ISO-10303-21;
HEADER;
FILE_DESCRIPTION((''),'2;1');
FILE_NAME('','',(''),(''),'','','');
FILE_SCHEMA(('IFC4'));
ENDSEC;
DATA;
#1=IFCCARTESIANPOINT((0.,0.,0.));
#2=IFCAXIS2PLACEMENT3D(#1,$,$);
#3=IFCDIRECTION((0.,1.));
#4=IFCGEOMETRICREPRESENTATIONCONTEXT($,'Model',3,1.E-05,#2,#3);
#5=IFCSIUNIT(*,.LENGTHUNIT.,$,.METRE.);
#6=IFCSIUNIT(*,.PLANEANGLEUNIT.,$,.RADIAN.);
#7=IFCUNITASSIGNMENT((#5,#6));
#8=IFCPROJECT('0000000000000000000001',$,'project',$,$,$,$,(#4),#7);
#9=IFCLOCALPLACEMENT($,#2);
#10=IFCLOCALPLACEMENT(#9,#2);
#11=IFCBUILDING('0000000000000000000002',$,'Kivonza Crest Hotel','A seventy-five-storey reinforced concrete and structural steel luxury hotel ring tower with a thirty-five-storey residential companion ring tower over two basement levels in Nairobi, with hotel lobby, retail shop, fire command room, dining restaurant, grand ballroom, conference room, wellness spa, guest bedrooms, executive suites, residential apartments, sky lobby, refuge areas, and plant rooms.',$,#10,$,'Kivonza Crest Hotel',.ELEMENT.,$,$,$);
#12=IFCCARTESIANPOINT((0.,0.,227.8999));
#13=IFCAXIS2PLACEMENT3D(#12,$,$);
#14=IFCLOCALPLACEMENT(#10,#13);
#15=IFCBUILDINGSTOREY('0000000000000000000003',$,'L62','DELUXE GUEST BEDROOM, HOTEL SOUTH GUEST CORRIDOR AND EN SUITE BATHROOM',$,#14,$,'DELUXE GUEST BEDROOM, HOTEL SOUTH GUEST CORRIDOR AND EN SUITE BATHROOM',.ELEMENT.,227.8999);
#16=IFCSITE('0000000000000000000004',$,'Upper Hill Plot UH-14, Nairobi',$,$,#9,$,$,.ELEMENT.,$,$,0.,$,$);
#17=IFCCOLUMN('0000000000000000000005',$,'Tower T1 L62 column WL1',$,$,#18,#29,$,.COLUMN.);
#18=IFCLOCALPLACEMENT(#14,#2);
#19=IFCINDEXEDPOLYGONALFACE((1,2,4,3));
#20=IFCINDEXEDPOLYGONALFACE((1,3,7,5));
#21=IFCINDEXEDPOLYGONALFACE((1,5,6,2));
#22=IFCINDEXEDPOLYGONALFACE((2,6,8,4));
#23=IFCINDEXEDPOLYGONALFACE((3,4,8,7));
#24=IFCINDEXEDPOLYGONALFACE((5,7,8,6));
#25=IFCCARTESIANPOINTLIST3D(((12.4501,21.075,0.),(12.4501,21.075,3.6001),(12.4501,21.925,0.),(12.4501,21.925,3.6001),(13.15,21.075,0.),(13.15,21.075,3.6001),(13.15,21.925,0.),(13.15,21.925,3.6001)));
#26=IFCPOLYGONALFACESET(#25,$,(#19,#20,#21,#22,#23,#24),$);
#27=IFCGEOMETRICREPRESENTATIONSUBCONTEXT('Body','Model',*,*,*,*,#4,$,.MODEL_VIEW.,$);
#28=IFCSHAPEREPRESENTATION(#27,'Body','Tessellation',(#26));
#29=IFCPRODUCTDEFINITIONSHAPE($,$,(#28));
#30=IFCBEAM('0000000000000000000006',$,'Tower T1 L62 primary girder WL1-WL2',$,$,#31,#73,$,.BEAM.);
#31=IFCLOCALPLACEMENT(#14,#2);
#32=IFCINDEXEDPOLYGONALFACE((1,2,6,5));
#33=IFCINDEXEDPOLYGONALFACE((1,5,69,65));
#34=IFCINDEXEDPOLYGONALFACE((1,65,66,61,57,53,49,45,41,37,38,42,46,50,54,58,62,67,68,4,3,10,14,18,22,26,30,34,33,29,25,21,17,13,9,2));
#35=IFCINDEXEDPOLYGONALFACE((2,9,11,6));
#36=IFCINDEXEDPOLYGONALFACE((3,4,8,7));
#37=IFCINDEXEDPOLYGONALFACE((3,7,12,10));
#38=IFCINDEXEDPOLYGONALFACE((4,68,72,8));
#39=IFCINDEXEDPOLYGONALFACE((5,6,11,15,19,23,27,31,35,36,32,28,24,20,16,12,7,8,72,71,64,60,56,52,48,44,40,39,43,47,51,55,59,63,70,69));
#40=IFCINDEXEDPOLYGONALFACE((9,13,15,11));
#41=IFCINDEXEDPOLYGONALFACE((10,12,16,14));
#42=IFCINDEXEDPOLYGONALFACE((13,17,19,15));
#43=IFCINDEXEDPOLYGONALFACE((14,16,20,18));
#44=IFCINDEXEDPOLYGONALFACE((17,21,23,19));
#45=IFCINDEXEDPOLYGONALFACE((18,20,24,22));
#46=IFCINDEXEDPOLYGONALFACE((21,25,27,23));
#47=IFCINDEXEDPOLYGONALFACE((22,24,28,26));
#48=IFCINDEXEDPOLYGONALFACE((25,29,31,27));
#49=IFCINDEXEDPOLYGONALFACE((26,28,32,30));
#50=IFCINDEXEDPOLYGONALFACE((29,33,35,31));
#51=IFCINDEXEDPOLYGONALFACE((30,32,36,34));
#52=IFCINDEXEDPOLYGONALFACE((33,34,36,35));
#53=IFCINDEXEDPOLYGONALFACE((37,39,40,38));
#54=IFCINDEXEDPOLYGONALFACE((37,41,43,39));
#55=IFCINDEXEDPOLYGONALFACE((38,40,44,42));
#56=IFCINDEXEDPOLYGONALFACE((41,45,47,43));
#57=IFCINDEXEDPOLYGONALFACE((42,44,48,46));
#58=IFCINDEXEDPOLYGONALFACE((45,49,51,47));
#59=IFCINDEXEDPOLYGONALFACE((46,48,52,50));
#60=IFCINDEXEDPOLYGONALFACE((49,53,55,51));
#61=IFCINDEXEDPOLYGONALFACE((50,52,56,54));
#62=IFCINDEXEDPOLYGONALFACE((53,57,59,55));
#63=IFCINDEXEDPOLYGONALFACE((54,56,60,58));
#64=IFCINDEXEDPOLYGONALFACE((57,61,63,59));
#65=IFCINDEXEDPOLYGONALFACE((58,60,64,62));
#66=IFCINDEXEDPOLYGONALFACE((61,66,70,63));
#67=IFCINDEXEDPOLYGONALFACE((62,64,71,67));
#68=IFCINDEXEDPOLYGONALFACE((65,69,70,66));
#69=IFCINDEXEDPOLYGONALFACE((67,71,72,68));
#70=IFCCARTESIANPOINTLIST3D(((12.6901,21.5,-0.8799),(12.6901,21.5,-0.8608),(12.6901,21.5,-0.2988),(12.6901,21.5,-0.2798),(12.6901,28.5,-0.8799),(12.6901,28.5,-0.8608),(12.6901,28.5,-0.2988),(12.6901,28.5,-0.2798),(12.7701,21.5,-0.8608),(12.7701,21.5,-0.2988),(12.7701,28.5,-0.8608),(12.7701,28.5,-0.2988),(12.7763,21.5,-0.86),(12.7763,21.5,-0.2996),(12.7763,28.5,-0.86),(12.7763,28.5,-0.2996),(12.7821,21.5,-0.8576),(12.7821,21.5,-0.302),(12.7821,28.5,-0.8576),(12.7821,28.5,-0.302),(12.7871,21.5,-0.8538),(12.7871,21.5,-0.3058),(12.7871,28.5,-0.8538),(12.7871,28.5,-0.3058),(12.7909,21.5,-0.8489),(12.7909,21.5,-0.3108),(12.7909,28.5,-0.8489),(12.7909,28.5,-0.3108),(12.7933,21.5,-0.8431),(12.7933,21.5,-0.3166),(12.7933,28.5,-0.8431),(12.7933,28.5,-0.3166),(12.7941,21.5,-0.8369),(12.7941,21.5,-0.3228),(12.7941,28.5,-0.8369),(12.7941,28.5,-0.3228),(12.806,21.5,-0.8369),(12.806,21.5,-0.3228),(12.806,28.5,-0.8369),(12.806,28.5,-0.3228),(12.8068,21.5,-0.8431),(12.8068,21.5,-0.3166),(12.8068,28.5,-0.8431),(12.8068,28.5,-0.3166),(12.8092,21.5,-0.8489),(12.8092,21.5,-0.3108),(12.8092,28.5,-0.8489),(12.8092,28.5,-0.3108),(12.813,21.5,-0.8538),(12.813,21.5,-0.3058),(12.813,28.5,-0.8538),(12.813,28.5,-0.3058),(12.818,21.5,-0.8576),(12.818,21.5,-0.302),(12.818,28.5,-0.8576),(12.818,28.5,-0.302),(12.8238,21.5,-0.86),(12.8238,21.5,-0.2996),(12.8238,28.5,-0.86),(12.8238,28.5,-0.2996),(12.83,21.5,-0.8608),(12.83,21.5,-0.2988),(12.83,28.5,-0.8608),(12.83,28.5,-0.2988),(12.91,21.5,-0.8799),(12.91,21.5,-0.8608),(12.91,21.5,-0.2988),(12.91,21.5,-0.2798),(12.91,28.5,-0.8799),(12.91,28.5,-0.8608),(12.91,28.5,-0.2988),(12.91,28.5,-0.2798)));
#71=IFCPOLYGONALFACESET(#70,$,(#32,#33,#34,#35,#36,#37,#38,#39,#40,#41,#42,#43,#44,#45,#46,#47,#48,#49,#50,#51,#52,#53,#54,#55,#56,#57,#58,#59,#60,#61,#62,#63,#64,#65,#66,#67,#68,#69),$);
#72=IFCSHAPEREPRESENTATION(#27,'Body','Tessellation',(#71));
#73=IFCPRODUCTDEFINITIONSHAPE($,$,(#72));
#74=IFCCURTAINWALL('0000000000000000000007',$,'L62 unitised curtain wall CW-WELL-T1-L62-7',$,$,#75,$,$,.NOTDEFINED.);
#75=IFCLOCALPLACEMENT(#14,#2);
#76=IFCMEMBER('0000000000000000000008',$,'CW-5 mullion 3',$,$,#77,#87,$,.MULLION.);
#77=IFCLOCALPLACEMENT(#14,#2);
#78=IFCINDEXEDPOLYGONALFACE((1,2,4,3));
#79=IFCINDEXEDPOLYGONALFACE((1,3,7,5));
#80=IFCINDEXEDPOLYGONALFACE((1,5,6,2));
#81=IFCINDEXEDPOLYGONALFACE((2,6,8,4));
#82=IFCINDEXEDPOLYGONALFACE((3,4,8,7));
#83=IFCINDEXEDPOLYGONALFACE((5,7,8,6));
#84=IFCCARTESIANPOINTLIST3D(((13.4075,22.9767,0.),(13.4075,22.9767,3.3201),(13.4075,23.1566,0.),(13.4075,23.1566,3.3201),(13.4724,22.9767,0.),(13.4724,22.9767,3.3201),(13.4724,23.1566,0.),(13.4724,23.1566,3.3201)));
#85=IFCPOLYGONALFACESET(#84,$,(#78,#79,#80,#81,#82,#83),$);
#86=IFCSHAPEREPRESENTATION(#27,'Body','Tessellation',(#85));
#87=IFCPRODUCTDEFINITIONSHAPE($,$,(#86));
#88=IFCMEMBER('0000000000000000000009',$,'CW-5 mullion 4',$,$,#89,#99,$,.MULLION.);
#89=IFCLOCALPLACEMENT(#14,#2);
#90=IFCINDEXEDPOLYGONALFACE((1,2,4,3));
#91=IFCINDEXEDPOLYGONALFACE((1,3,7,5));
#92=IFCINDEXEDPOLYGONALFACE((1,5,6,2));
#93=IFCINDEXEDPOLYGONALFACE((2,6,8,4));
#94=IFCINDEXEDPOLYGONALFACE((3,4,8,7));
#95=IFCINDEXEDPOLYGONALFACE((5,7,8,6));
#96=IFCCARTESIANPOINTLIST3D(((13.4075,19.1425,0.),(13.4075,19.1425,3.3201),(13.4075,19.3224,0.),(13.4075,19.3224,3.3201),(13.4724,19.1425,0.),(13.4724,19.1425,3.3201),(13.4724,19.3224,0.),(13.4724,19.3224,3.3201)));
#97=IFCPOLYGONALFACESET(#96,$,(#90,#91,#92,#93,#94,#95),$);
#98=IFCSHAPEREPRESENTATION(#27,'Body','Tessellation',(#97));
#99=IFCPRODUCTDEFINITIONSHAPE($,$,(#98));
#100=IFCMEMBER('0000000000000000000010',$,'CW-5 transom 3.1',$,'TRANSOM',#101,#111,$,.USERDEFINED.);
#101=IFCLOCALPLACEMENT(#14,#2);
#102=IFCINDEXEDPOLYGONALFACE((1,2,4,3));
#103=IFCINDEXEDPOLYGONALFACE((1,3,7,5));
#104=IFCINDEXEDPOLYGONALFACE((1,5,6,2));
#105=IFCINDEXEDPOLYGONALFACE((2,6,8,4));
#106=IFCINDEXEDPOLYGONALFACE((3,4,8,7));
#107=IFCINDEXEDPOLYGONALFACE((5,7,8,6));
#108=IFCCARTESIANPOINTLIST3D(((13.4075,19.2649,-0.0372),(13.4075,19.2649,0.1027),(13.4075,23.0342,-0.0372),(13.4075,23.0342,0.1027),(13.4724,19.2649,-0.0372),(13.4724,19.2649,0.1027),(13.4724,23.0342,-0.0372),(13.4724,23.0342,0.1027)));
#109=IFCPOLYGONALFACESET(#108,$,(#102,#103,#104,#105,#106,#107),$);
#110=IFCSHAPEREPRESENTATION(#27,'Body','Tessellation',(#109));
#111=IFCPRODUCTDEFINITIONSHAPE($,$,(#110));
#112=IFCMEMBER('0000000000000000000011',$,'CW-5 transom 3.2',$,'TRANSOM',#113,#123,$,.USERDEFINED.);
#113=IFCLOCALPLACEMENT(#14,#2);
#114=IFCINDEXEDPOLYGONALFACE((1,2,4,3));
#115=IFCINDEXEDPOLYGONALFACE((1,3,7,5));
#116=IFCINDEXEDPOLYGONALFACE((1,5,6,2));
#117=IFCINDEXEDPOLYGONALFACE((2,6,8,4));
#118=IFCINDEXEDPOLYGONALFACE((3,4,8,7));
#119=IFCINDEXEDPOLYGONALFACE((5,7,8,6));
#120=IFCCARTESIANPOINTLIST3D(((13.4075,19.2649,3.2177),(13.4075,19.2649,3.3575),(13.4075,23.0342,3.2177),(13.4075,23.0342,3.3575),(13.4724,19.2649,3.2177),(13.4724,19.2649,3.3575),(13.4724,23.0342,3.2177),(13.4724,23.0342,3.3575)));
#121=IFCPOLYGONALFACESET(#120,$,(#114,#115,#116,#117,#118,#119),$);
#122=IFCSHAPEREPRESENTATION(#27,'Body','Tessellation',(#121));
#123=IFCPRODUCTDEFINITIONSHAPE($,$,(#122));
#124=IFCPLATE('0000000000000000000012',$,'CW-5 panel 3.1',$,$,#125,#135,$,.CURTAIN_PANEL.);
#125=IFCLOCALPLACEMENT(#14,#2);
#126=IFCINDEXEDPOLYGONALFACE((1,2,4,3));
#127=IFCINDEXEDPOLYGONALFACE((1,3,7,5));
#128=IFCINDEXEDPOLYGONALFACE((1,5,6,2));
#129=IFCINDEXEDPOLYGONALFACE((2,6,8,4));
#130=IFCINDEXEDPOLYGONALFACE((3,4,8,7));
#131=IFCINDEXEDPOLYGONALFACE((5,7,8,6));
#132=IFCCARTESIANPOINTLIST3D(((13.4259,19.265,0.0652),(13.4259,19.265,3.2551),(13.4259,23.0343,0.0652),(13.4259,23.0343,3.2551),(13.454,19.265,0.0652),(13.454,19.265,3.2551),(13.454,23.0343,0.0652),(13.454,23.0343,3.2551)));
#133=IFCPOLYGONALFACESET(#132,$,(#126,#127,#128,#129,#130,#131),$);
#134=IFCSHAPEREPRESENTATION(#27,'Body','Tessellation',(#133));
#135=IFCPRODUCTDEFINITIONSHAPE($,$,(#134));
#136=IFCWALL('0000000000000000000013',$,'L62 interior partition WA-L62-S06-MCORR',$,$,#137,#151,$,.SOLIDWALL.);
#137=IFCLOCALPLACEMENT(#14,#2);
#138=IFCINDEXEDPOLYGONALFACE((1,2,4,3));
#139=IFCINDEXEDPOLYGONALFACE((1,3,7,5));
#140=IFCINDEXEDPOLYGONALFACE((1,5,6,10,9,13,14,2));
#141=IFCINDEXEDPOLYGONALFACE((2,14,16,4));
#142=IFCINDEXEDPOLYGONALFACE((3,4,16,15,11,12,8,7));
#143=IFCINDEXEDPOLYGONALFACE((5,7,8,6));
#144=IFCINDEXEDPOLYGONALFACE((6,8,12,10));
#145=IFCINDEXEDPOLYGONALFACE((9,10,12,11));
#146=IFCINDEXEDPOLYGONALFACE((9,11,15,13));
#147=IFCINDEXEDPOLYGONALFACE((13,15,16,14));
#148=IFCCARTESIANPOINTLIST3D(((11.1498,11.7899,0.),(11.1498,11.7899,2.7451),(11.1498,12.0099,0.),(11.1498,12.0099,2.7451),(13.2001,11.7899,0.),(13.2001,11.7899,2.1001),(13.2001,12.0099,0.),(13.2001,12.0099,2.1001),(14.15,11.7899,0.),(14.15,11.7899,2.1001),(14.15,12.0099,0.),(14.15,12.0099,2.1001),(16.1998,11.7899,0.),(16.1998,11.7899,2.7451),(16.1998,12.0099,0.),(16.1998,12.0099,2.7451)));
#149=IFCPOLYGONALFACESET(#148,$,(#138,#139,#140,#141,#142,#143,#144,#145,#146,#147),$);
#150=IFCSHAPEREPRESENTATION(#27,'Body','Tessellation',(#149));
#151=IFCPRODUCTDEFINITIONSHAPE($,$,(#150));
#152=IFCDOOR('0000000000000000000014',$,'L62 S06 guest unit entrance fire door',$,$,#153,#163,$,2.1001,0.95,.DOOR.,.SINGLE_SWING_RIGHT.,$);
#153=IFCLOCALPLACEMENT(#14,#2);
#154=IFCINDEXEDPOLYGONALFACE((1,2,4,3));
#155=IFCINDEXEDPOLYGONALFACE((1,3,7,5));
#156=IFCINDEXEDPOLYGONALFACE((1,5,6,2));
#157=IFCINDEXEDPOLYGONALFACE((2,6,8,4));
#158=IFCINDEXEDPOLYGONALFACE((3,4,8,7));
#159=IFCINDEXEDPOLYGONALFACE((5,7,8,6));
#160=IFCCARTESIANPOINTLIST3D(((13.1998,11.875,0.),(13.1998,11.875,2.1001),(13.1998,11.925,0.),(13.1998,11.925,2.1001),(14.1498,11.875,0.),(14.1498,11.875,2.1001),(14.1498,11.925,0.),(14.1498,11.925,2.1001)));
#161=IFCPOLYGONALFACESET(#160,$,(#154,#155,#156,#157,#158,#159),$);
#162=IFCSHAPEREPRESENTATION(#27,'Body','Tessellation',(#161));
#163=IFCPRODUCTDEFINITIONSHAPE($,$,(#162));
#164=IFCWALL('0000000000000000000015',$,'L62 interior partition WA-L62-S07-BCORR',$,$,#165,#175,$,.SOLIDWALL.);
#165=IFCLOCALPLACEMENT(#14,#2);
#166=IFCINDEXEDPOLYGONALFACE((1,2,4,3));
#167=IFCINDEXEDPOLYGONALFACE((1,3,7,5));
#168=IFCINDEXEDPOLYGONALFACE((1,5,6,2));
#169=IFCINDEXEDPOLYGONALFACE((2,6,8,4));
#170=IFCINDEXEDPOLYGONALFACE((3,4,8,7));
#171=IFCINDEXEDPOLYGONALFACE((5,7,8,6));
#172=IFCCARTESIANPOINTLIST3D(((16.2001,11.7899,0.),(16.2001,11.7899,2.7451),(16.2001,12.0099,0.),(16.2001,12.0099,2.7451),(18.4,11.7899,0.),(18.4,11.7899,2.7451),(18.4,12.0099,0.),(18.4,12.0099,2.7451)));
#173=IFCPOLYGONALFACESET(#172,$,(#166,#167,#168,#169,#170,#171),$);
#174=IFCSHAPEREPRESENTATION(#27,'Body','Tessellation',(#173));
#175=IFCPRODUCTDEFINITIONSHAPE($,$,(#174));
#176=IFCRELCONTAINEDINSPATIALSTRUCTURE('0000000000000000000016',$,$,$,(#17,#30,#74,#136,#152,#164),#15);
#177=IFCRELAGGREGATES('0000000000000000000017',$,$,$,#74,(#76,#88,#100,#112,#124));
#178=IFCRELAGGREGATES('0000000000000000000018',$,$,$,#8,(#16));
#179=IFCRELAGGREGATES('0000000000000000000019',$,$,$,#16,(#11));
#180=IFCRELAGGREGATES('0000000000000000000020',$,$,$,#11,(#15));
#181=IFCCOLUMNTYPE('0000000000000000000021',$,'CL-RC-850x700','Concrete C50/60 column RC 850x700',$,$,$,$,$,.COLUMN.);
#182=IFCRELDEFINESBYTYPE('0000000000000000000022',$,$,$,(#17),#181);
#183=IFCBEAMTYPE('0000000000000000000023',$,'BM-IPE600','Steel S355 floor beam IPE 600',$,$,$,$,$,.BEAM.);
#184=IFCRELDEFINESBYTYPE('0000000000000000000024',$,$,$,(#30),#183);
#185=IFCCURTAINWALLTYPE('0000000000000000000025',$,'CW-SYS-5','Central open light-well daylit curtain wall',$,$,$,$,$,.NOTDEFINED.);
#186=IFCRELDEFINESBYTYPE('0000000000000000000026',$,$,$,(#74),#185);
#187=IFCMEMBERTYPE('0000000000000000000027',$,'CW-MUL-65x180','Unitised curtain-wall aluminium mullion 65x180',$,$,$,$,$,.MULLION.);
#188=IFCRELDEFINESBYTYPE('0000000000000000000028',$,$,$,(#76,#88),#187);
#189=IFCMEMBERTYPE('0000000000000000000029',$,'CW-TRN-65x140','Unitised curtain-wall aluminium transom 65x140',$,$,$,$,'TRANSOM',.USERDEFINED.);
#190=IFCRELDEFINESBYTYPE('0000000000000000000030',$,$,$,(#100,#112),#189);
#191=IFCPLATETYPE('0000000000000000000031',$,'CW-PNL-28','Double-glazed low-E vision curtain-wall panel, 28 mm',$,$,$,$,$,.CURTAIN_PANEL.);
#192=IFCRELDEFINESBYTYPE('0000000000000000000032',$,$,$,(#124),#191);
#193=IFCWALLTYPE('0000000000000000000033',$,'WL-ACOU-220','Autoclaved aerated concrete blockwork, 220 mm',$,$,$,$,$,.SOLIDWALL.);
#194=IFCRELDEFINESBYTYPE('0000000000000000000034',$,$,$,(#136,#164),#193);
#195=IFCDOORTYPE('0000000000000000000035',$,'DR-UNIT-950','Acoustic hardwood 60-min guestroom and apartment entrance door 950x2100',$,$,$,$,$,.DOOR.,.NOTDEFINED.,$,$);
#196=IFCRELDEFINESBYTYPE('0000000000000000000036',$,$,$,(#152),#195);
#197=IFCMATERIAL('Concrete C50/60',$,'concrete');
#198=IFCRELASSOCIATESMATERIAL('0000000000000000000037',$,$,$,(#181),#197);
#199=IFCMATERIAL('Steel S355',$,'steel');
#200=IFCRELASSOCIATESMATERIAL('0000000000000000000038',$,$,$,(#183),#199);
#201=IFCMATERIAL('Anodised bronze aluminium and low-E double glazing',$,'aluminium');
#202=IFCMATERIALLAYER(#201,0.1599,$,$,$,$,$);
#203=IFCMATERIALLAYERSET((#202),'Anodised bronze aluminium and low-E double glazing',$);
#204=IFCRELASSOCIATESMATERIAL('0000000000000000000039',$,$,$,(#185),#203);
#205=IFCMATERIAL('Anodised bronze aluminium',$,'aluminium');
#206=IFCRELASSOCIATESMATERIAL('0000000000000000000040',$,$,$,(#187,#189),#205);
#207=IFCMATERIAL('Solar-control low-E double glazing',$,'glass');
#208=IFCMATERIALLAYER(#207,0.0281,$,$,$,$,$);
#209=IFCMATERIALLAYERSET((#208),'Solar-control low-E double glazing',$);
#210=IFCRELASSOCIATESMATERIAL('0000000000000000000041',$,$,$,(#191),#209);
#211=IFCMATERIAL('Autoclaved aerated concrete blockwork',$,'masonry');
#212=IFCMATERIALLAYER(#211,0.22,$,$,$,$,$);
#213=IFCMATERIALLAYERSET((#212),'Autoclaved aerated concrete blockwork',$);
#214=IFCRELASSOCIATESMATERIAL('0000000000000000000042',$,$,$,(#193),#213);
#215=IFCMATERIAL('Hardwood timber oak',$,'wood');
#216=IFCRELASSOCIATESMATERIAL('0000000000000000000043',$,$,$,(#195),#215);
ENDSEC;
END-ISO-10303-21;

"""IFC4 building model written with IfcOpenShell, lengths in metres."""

from ifc_helpers import new_model, si_unit, direction, frame, frame_2d, origin, origin_2d, place, context, subcontext, project, spatial, rectangle, i_section, extrude, material, layer, layer_set, material_profile, profile_set, type_object, element, fill, aggregate, save


model = new_model("IFC4")

# Units and contexts
model_context = context("Model", 3, precision=1e-05, world=origin(), true_north=direction((0.0, 1.0)))
body_context = subcontext(model_context, "Body", "Model", "MODEL_VIEW")
ifc_project = project(units=[si_unit("LENGTHUNIT", "METRE"), si_unit("PLANEANGLEUNIT", "RADIAN")], contexts=[model_context])

# Site, building, storey
site_placement = place(None, origin())
site = spatial("IfcSite", under=ifc_project, at=site_placement, Name="Upper Hill Plot UH-14, Nairobi", CompositionType="ELEMENT", RefElevation=0.0)
building_placement = place(site_placement, origin())
building = spatial("IfcBuilding", under=site, at=building_placement, Name="Kivonza Crest Hotel", Description="A seventy-five-storey reinforced concrete and structural steel luxury hotel ring tower with a thirty-five-storey residential companion ring tower over two basement levels in Nairobi, with hotel lobby, retail shop, fire command room, dining restaurant, grand ballroom, conference room, wellness spa, guest bedrooms, executive suites, residential apartments, sky lobby, refuge areas, and plant rooms.", LongName="Kivonza Crest Hotel", CompositionType="ELEMENT")
storey_placement = place(building_placement, frame((0.0, 0.0, 227.8999)))
storey = spatial("IfcBuildingStorey", under=building, at=storey_placement, Name="L62", Description="DELUXE GUEST BEDROOM, HOTEL SOUTH GUEST CORRIDOR AND EN SUITE BATHROOM", LongName="DELUXE GUEST BEDROOM, HOTEL SOUTH GUEST CORRIDOR AND EN SUITE BATHROOM", CompositionType="ELEMENT", Elevation=227.8999)

# Column
ifc_material_1 = material(Name="Concrete C50/60", Category="concrete")
ifc_material_profile_1 = material_profile(ifc_material_1, rectangle(XDim=0.7, YDim=0.8501, at=origin_2d()), Name="RC 850x700")
ifc_profile_set_1 = profile_set([ifc_material_profile_1], Name="Concrete C50/60")
column_type = type_object("IfcColumnType", Name="CL-RC-850x700", Description="Concrete C50/60 column RC 850x700", PredefinedType="COLUMN", material=ifc_profile_set_1)
column_placement = place(storey_placement, frame((12.8, 21.5, 0.0), z_axis=(0.0, 0.0, 1.0), x_axis=(1.0, 0.0, 0.0)))
element("IfcColumn", 1, at=column_placement, inside=storey, type_object=column_type, Name="Tower T1 L62 column WL1", PredefinedType="COLUMN", context=body_context, shape_type="SweptSolid", body=[
    extrude(rectangle(XDim=0.7, YDim=0.8501, at=origin_2d()), origin(), (0.0, 0.0, 1.0), 3.6001),
])

# Beam
ifc_material_2 = material(Name="Steel S355", Category="steel")
ifc_material_profile_2 = material_profile(ifc_material_2, i_section(OverallWidth=0.22, OverallDepth=0.6001, WebThickness=0.012, FlangeThickness=0.019, FilletRadius=0.0239, at=origin_2d()), Name="IPE 600")
ifc_profile_set_2 = profile_set([ifc_material_profile_2], Name="Steel S355")
beam_type = type_object("IfcBeamType", Name="BM-IPE600", Description="Steel S355 floor beam IPE 600", PredefinedType="BEAM", material=ifc_profile_set_2)
beam_placement = place(storey_placement, frame((12.8, 21.5, -0.5798), z_axis=(0.0, 1.0, 0.0), x_axis=(-1.0, 0.0, 0.0)))
element("IfcBeam", 2, at=beam_placement, inside=storey, type_object=beam_type, Name="Tower T1 L62 primary girder WL1-WL2", PredefinedType="BEAM", context=body_context, shape_type="SweptSolid", body=[
    extrude(i_section(OverallWidth=0.22, OverallDepth=0.6001, WebThickness=0.012, FlangeThickness=0.019, FilletRadius=0.0239, at=origin_2d()), origin(), (0.0, 0.0, 1.0), 7.0),
])

# Curtain wall, members, plate
ifc_material_3 = material(Name="Anodised bronze aluminium and low-E double glazing", Category="aluminium")
ifc_layer_1 = layer(ifc_material_3, 0.1599)
ifc_layer_set_1 = layer_set([ifc_layer_1], Name="Anodised bronze aluminium and low-E double glazing")
curtain_wall_type = type_object("IfcCurtainWallType", Name="CW-SYS-5", Description="Central open light-well daylit curtain wall", PredefinedType="NOTDEFINED", material=ifc_layer_set_1)
curtain_wall_placement = place(storey_placement, origin())
curtain_wall = element("IfcCurtainWall", 3, at=curtain_wall_placement, inside=storey, type_object=curtain_wall_type, Name="L62 unitised curtain wall CW-WELL-T1-L62-7", PredefinedType="NOTDEFINED")
ifc_material_4 = material(Name="Anodised bronze aluminium", Category="aluminium")
ifc_material_profile_3 = material_profile(ifc_material_4, rectangle(XDim=0.0649, YDim=0.1799, at=origin_2d()), Name="CW-M 65x180")
ifc_profile_set_3 = profile_set([ifc_material_profile_3], Name="Anodised bronze aluminium")
member_type_1 = type_object("IfcMemberType", Name="CW-MUL-65x180", Description="Unitised curtain-wall aluminium mullion 65x180", PredefinedType="MULLION", material=ifc_profile_set_3)
member_1_placement = place(storey_placement, frame((13.4399, 23.0667, 0.0), z_axis=(0.0, 0.0, 1.0), x_axis=(1.0, 0.0, 0.0)))
member_1 = element("IfcMember", 4, at=member_1_placement, type_object=member_type_1, Name="CW-5 mullion 3", PredefinedType="MULLION", context=body_context, shape_type="SweptSolid", body=[
    extrude(rectangle(XDim=0.0649, YDim=0.1799, at=origin_2d()), origin(), (0.0, 0.0, 1.0), 3.3201),
])
member_2_placement = place(storey_placement, frame((13.4399, 19.2324, 0.0), z_axis=(0.0, 0.0, 1.0), x_axis=(1.0, 0.0, 0.0)))
member_2 = element("IfcMember", 5, at=member_2_placement, type_object=member_type_1, Name="CW-5 mullion 4", PredefinedType="MULLION", context=body_context, shape_type="SweptSolid", body=[
    extrude(rectangle(XDim=0.0649, YDim=0.1799, at=origin_2d()), origin(), (0.0, 0.0, 1.0), 3.3201),
])
ifc_material_profile_4 = material_profile(ifc_material_4, rectangle(XDim=0.0649, YDim=0.1399, at=origin_2d()), Name="CW-T 65x140")
ifc_profile_set_4 = profile_set([ifc_material_profile_4], Name="Anodised bronze aluminium")
member_type_2 = type_object("IfcMemberType", Name="CW-TRN-65x140", Description="Unitised curtain-wall aluminium transom 65x140", ElementType="TRANSOM", PredefinedType="USERDEFINED", material=ifc_profile_set_4)
member_3_placement = place(storey_placement, frame((13.4399, 23.0342, 0.0327), z_axis=(0.0, -1.0, 0.0), x_axis=(1.0, 0.0, 0.0)))
member_3 = element("IfcMember", 6, at=member_3_placement, type_object=member_type_2, Name="CW-5 transom 3.1", ObjectType="TRANSOM", PredefinedType="USERDEFINED", context=body_context, shape_type="SweptSolid", body=[
    extrude(rectangle(XDim=0.0649, YDim=0.1399, at=origin_2d()), origin(), (0.0, 0.0, 1.0), 3.7693),
])
member_4_placement = place(storey_placement, frame((13.4399, 23.0342, 3.2876), z_axis=(0.0, -1.0, 0.0), x_axis=(1.0, 0.0, 0.0)))
member_4 = element("IfcMember", 7, at=member_4_placement, type_object=member_type_2, Name="CW-5 transom 3.2", ObjectType="TRANSOM", PredefinedType="USERDEFINED", context=body_context, shape_type="SweptSolid", body=[
    extrude(rectangle(XDim=0.0649, YDim=0.1399, at=origin_2d()), origin(), (0.0, 0.0, 1.0), 3.7693),
])
ifc_material_5 = material(Name="Solar-control low-E double glazing", Category="glass")
ifc_layer_2 = layer(ifc_material_5, 0.0281)
ifc_layer_set_2 = layer_set([ifc_layer_2], Name="Solar-control low-E double glazing")
plate_type = type_object("IfcPlateType", Name="CW-PNL-28", Description="Double-glazed low-E vision curtain-wall panel, 28 mm", PredefinedType="CURTAIN_PANEL", material=ifc_layer_set_2)
plate_placement = place(storey_placement, frame((13.4399, 21.1497, 0.0652), z_axis=(0.0, 0.0, 1.0), x_axis=(0.0, -1.0, 0.0)))
plate = element("IfcPlate", 8, at=plate_placement, type_object=plate_type, Name="CW-5 panel 3.1", PredefinedType="CURTAIN_PANEL", context=body_context, shape_type="SweptSolid", body=[
    extrude(rectangle(XDim=3.7693, YDim=0.0281, at=origin_2d()), origin(), (0.0, 0.0, 1.0), 3.1899),
])
aggregate(curtain_wall, [member_1, member_2, member_3, member_4, plate])

# Wall, opening, door
ifc_material_6 = material(Name="Autoclaved aerated concrete blockwork", Category="masonry")
ifc_layer_3 = layer(ifc_material_6, 0.22)
ifc_layer_set_3 = layer_set([ifc_layer_3], Name="Autoclaved aerated concrete blockwork")
wall_type_1 = type_object("IfcWallType", Name="WL-ACOU-220", Description="Autoclaved aerated concrete blockwork, 220 mm", PredefinedType="SOLIDWALL", material=ifc_layer_set_3)
wall_1_placement = place(storey_placement, frame((11.1499, 11.8999, 0.0), z_axis=(0.0, 0.0, 1.0), x_axis=(1.0, 0.0, 0.0)))
wall_1 = element("IfcWall", 9, at=wall_1_placement, inside=storey, type_object=wall_type_1, Name="L62 interior partition WA-L62-S06-MCORR", PredefinedType="SOLIDWALL", context=body_context, shape_type="SweptSolid", body=[
    extrude(rectangle(XDim=5.05, YDim=0.22, at=frame_2d((2.5249, 0.0))), origin(), (0.0, 0.0, 1.0), 2.7451),
])
opening_1_placement = place(wall_1_placement, frame((2.05, 0.0, 0.0)))
opening_1 = element("IfcOpeningElement", 10, at=opening_1_placement, cuts=wall_1, PredefinedType="OPENING", context=body_context, shape_type="SweptSolid", body=[
    extrude(rectangle(XDim=0.95, YDim=2.1001, at=frame_2d((0.4751, 1.05))), frame((0.0, 0.1201, 0.0), z_axis=(0.0, -1.0, 0.0), x_axis=(1.0, 0.0, 0.0)), (0.0, 0.0, 1.0), 0.24),
])
ifc_material_7 = material(Name="Hardwood timber oak", Category="wood")
door_type_1 = type_object("IfcDoorType", Name="DR-UNIT-950", Description="Acoustic hardwood 60-min guestroom and apartment entrance door 950x2100", OperationType="NOTDEFINED", PredefinedType="DOOR", material=ifc_material_7)
door_1_placement = place(opening_1_placement, frame((0.95, 0.0, 0.0), z_axis=(0.0, 0.0, 1.0), x_axis=(-1.0, 0.0, 0.0)))
door_1 = element("IfcDoor", 11, at=door_1_placement, inside=storey, type_object=door_type_1, Name="L62 S06 guest unit entrance fire door", OperationType="SINGLE_SWING_RIGHT", OverallHeight=2.1001, OverallWidth=0.95, PredefinedType="DOOR", context=body_context, shape_type="SweptSolid", body=[
    extrude(rectangle(XDim=0.95, YDim=2.1001, at=frame_2d((0.4751, 1.05))), frame((0.0, 0.0249, 0.0), z_axis=(0.0, -1.0, 0.0), x_axis=(1.0, 0.0, 0.0)), (0.0, 0.0, 1.0), 0.05),
])
fill(opening_1, door_1)

# Wall
wall_2_placement = place(storey_placement, frame((16.2, 11.8999, 0.0), z_axis=(0.0, 0.0, 1.0), x_axis=(1.0, 0.0, 0.0)))
element("IfcWall", 12, at=wall_2_placement, inside=storey, type_object=wall_type_1, Name="L62 interior partition WA-L62-S07-BCORR", PredefinedType="SOLIDWALL", context=body_context, shape_type="SweptSolid", body=[
    extrude(rectangle(XDim=2.2, YDim=0.22, at=frame_2d((1.1001, 0.0))), origin(), (0.0, 0.0, 1.0), 2.7451),
])

save(model, "model.ifc")
